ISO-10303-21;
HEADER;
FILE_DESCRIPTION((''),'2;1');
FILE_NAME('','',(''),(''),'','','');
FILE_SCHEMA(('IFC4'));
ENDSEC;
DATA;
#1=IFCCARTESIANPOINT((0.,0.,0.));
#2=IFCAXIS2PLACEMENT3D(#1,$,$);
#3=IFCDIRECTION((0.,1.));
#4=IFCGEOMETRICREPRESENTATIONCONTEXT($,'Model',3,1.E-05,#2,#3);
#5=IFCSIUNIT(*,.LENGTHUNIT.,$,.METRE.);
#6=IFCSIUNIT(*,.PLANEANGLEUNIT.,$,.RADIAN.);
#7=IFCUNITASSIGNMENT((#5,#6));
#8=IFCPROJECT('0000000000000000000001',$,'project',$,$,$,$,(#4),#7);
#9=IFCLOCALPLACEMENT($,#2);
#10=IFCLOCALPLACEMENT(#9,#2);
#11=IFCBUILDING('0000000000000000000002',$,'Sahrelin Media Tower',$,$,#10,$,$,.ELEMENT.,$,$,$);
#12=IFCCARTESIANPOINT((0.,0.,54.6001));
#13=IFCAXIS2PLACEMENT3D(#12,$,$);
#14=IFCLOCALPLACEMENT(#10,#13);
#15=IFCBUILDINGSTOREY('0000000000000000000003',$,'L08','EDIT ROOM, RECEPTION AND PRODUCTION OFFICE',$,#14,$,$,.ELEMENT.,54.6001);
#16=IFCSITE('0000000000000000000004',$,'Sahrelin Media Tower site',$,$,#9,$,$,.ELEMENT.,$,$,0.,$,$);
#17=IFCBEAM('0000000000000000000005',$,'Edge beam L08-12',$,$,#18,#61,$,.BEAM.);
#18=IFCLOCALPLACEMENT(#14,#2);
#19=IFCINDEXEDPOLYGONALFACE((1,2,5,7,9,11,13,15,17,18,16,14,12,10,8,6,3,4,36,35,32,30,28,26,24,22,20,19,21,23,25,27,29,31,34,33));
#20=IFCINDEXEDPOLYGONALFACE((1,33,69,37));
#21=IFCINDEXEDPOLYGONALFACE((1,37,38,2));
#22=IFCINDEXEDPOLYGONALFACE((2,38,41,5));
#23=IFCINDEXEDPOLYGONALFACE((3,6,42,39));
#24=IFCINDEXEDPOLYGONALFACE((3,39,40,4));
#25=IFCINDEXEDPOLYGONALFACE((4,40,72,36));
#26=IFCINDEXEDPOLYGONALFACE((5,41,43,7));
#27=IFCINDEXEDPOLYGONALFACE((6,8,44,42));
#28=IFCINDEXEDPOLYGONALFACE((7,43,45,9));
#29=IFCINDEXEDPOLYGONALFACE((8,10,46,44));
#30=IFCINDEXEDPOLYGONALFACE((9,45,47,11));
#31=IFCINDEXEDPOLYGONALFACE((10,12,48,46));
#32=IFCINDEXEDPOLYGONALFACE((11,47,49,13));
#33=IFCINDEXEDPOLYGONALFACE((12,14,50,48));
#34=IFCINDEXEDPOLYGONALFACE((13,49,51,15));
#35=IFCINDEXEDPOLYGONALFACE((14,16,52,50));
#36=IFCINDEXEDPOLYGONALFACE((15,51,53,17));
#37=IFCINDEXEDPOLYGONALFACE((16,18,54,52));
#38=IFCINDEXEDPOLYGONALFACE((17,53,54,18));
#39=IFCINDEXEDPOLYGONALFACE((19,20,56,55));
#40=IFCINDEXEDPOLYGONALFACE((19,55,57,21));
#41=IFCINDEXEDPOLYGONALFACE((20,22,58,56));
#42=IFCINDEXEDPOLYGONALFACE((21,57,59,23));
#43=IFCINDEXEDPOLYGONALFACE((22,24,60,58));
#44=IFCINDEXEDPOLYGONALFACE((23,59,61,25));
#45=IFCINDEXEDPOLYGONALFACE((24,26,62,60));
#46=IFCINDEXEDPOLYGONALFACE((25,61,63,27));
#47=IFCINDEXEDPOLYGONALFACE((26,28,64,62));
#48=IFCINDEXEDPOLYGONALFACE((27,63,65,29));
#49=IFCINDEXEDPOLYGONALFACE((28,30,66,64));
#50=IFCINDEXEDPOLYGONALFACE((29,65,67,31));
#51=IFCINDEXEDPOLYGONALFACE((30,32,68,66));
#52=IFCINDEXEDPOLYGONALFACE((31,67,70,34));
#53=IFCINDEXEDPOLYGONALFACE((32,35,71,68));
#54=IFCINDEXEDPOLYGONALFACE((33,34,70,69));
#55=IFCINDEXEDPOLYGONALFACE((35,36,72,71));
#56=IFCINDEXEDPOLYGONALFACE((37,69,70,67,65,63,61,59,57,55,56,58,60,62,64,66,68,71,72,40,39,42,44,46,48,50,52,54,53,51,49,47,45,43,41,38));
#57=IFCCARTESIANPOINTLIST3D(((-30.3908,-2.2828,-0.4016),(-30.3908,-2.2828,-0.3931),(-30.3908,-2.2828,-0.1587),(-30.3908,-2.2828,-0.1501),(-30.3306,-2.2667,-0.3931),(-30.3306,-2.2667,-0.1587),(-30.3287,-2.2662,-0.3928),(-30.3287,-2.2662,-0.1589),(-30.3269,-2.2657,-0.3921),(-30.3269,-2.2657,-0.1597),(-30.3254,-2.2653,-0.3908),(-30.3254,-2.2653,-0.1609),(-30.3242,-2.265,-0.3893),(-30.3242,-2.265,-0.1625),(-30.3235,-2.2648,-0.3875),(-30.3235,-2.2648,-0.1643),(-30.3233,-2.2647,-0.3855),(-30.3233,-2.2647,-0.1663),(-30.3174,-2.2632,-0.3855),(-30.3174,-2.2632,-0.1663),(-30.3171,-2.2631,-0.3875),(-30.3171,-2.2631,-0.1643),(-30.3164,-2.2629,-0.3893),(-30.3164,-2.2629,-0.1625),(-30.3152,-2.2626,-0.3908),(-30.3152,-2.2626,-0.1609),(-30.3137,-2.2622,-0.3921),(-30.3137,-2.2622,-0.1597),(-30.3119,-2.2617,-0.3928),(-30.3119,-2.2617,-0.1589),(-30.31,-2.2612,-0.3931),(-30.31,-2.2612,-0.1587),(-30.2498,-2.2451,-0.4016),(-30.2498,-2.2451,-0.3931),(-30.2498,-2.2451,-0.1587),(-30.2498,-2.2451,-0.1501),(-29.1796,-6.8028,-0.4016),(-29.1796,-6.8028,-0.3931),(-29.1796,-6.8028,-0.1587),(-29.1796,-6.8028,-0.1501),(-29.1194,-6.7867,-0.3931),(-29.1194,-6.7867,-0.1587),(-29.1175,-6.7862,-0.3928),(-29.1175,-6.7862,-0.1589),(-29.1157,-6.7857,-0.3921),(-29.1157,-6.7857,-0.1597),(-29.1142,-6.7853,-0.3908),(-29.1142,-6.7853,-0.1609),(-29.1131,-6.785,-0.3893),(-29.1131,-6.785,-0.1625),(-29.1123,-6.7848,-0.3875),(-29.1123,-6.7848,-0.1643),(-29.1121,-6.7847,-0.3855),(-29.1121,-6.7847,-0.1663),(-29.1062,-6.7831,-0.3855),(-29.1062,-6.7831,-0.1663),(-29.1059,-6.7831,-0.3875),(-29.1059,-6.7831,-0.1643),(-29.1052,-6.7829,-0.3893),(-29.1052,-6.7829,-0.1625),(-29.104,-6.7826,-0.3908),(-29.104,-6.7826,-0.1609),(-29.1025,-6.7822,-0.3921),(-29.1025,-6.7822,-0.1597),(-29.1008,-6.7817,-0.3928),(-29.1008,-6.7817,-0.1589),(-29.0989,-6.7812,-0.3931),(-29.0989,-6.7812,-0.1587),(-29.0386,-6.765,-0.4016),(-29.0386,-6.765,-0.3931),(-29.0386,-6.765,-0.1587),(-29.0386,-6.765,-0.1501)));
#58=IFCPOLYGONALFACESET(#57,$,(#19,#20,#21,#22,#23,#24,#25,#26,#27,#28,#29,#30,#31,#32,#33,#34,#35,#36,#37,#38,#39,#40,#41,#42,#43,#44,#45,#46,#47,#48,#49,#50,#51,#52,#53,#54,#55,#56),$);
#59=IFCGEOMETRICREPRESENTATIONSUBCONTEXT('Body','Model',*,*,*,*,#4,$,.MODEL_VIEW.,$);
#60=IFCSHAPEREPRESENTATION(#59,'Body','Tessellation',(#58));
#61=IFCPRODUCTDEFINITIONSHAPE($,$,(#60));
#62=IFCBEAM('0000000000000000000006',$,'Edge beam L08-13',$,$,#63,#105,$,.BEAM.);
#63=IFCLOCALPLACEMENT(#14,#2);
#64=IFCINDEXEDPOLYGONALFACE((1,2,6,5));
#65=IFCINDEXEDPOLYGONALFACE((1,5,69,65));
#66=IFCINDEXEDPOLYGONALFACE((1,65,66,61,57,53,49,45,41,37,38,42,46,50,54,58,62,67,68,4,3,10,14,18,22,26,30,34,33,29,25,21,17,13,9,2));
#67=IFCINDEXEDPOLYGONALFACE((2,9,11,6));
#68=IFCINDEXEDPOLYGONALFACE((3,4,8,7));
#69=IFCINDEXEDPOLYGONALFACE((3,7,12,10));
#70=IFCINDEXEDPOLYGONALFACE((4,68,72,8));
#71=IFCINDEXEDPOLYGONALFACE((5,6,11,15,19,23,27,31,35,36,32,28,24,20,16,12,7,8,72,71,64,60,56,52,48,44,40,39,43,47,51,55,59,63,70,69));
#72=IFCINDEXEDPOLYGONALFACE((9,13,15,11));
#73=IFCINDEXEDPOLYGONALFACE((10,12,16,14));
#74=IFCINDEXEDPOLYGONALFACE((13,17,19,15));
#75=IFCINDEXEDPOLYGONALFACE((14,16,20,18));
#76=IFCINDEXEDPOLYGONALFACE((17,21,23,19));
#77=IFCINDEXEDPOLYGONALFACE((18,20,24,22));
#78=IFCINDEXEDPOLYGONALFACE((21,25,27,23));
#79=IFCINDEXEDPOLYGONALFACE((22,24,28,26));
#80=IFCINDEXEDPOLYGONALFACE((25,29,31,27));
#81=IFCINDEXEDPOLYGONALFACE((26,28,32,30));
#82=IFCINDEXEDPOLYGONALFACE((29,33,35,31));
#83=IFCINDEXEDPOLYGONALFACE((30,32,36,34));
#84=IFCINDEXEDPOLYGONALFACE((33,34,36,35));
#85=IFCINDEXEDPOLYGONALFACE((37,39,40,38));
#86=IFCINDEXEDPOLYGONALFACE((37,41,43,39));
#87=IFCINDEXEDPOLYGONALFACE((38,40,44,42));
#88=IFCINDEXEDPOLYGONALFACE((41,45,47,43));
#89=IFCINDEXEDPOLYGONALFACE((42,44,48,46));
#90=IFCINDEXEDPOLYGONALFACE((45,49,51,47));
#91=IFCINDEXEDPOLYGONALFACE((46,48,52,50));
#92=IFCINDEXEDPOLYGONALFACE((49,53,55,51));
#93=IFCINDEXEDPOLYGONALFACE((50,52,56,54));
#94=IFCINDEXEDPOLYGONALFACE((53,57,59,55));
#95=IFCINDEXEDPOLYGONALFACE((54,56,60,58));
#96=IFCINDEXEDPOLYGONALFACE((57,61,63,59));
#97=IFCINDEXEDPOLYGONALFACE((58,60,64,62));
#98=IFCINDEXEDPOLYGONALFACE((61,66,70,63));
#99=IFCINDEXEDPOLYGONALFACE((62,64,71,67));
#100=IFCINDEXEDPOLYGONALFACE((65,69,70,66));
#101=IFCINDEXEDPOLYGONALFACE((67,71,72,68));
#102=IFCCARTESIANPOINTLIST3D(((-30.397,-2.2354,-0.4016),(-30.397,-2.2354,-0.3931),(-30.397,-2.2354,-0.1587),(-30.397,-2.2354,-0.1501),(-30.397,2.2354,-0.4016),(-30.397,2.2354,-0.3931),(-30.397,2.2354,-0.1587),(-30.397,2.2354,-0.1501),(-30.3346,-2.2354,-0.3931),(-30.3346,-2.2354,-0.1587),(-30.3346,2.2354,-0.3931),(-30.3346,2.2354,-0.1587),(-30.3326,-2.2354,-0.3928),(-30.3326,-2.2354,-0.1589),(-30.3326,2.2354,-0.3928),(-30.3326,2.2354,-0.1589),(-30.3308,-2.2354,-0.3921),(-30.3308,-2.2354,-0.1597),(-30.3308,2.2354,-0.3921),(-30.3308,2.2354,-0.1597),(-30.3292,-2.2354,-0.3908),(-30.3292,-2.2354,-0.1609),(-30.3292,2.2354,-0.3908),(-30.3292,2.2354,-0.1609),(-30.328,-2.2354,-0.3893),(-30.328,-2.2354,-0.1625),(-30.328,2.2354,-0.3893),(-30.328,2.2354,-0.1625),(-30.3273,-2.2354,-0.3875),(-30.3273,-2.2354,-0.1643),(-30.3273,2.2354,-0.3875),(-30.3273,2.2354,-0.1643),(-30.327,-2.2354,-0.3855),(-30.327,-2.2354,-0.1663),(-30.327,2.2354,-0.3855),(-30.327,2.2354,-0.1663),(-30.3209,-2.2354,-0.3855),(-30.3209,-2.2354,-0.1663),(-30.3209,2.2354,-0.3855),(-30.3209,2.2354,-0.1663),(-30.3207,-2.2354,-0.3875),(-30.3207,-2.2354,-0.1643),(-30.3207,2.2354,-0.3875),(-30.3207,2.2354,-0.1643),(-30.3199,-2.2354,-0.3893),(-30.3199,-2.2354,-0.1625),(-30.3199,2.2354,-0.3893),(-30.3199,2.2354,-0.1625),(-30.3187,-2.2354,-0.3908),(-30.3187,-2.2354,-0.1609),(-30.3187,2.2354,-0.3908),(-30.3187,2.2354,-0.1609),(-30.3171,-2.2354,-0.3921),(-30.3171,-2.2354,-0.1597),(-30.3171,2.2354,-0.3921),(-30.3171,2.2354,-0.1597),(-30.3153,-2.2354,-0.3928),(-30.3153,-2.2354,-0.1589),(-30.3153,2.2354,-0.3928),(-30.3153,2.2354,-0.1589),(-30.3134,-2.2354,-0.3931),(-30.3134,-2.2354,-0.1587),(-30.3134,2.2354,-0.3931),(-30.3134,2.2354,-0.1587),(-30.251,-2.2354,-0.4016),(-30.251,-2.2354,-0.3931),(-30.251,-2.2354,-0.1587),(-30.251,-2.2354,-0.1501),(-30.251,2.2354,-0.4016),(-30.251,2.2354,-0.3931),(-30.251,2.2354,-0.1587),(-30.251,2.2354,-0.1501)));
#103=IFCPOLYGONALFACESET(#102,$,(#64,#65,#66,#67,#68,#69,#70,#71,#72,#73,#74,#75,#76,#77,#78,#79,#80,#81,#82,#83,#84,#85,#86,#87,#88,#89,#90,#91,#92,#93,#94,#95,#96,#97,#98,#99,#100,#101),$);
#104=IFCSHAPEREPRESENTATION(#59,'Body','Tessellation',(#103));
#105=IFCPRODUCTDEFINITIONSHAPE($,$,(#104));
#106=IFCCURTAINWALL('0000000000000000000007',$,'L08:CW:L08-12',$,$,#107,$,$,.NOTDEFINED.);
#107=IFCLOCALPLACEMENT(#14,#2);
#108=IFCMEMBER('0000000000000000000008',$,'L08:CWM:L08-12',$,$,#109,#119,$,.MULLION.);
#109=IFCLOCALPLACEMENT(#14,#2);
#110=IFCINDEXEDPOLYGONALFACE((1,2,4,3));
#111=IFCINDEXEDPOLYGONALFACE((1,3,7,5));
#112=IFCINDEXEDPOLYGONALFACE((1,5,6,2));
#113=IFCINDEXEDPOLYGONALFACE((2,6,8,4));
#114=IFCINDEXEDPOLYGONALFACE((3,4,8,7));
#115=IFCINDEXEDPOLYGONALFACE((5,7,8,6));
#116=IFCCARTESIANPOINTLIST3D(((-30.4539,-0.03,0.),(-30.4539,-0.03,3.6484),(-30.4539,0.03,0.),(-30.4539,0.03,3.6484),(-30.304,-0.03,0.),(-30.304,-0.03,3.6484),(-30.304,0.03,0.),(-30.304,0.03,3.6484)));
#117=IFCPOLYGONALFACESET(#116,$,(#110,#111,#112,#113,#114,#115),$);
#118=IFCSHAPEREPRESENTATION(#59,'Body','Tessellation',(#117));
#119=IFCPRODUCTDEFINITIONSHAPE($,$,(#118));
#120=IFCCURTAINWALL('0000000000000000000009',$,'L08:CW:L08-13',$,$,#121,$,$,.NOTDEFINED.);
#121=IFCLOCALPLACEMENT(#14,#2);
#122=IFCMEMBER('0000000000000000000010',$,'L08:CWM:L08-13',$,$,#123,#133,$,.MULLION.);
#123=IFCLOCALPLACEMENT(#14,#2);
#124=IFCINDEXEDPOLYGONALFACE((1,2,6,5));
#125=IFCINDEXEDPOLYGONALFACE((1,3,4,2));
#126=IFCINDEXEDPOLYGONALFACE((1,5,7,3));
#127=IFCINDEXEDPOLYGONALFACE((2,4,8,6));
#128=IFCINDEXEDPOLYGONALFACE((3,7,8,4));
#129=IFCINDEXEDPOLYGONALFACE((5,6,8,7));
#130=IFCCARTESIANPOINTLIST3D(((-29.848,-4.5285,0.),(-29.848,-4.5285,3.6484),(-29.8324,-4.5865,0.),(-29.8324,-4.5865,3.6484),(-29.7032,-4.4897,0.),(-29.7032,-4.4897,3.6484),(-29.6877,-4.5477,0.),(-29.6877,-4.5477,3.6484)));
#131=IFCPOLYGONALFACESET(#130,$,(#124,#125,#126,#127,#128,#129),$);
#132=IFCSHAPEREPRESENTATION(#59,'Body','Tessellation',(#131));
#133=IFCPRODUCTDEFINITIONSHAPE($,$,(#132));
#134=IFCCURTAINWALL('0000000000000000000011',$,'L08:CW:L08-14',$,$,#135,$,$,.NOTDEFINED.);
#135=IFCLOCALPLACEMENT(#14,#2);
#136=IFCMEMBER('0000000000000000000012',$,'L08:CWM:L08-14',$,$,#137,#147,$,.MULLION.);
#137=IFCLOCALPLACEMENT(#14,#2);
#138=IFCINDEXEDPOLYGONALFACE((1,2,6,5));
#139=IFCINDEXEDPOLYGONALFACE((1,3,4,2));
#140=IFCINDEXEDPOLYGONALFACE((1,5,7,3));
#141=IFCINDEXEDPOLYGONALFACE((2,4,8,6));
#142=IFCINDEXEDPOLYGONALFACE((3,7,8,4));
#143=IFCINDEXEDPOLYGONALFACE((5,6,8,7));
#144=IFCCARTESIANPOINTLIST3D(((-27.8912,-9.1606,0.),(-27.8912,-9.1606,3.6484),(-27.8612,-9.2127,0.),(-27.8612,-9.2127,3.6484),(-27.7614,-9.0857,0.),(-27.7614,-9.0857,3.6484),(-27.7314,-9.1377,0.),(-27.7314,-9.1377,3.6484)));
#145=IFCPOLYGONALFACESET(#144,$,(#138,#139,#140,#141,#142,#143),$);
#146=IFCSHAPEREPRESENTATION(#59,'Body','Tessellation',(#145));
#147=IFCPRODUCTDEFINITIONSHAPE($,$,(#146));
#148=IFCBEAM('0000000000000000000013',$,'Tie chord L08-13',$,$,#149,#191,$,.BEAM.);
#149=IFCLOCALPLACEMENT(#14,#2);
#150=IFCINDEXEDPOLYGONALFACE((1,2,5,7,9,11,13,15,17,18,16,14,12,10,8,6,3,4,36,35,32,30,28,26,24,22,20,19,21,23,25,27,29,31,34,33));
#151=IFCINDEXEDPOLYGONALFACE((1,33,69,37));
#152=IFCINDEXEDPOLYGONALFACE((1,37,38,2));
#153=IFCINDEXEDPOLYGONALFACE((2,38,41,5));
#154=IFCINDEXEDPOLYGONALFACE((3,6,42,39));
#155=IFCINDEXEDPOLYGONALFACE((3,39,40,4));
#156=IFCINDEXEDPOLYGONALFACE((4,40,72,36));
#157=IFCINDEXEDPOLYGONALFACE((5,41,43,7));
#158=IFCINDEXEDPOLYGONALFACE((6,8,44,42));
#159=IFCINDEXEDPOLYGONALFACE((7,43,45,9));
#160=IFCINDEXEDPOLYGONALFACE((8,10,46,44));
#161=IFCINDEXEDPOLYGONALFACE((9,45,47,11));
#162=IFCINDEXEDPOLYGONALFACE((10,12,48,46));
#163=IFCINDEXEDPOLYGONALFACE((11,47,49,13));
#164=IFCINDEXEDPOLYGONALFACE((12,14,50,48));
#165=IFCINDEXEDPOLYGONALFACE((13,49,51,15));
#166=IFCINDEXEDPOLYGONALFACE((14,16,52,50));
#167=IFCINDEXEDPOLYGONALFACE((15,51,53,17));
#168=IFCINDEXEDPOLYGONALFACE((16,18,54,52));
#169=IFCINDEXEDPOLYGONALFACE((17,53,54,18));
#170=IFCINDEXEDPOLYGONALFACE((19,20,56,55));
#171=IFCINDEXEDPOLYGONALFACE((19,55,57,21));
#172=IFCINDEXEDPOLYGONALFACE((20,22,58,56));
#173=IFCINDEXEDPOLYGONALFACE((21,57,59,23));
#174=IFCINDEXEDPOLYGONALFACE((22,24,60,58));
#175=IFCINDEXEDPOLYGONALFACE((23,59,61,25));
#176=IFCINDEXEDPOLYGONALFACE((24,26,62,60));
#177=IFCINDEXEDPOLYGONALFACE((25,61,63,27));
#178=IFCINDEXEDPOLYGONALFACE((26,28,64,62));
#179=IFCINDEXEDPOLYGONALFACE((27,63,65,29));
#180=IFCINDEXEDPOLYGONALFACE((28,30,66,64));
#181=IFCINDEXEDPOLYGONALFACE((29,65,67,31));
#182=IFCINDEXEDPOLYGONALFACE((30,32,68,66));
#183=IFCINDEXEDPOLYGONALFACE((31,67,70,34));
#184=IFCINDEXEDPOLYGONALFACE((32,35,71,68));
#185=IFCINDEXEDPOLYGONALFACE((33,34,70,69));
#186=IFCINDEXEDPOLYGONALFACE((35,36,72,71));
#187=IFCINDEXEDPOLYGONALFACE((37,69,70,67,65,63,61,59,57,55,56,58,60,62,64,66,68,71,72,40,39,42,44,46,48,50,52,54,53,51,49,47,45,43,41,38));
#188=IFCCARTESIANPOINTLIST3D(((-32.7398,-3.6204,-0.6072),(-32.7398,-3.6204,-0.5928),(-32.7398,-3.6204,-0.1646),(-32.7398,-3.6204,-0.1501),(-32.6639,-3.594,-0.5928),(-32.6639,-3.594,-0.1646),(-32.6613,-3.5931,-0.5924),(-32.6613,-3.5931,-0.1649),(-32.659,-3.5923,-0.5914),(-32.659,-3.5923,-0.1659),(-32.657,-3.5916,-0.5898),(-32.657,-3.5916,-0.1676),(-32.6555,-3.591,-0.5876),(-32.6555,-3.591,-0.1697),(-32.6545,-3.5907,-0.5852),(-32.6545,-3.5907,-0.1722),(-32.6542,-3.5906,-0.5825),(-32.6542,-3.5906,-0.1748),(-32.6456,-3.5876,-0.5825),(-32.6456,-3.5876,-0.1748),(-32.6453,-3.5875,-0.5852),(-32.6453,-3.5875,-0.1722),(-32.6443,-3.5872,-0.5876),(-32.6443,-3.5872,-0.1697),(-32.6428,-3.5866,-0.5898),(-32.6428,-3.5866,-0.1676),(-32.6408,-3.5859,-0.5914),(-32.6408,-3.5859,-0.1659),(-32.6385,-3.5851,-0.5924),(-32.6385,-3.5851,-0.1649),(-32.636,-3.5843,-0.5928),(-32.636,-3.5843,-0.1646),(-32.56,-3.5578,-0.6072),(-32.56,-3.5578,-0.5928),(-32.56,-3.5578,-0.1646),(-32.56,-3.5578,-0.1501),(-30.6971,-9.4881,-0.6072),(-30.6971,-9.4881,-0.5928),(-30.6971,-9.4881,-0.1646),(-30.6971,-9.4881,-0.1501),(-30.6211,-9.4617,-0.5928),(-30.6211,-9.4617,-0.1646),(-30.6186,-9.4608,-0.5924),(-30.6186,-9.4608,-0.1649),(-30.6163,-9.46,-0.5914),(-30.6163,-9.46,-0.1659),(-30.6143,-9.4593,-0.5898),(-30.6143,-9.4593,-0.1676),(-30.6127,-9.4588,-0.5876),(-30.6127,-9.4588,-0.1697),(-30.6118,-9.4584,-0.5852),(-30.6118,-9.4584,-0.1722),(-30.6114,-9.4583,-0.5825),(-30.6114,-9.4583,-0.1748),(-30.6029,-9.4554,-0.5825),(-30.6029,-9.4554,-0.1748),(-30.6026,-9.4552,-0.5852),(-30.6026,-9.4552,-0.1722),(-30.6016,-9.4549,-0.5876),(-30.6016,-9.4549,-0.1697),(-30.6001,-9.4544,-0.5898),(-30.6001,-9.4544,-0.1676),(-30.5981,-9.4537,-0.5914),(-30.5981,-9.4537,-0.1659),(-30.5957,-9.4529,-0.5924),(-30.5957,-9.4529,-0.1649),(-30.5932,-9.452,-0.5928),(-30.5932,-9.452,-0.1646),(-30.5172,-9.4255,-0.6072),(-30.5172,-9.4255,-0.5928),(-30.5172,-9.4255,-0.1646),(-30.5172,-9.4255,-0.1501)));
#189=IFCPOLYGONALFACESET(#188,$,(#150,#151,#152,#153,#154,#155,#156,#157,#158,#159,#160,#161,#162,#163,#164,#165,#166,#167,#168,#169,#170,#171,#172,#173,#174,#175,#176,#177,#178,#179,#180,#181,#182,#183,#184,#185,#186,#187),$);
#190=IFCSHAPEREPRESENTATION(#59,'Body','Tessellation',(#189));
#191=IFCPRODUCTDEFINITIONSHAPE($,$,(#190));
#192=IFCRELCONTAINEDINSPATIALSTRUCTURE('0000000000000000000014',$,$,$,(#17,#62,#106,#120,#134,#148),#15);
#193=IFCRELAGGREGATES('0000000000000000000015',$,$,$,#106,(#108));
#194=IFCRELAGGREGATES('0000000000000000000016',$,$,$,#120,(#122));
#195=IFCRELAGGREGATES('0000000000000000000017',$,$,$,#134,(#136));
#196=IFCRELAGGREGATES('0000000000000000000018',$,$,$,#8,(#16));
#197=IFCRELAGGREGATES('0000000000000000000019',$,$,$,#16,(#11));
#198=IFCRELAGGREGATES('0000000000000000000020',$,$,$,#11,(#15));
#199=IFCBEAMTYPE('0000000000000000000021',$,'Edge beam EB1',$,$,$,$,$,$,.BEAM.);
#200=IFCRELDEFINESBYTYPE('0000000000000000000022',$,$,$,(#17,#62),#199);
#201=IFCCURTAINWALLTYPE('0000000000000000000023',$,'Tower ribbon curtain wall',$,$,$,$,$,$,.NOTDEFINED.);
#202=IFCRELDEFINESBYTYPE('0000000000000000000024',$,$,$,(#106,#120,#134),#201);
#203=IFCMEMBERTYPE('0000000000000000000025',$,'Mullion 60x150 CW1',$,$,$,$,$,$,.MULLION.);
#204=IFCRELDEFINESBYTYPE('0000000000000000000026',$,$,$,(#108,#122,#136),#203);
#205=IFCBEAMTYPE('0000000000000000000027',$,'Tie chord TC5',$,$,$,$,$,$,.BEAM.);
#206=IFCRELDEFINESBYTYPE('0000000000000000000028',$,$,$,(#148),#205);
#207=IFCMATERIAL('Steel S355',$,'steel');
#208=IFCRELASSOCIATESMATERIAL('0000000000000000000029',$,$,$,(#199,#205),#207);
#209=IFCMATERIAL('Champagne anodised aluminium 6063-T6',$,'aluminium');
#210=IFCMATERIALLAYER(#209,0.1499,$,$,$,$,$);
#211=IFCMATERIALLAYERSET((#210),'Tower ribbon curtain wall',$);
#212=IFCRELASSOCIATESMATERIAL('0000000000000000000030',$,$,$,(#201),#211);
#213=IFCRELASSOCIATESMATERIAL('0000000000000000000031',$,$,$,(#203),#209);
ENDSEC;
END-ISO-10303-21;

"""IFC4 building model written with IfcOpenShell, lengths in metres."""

from ifc_helpers import new_model, si_unit, direction, frame, origin, origin_2d, place, context, subcontext, project, spatial, rectangle, i_section, extrude, material, layer, layer_set, material_profile, profile_set, type_object, element, aggregate, save


model = new_model("IFC4")

# Units and contexts
model_context = context("Model", 3, precision=1e-05, world=origin(), true_north=direction((0.0, 1.0)))
body_context = subcontext(model_context, "Body", "Model", "MODEL_VIEW")
ifc_project = project(units=[si_unit("LENGTHUNIT", "METRE"), si_unit("PLANEANGLEUNIT", "RADIAN")], contexts=[model_context])

# Site, building, storey
site_placement = place(None, origin())
site = spatial("IfcSite", under=ifc_project, at=site_placement, Name="Sahrelin Media Tower site", CompositionType="ELEMENT", RefElevation=0.0)
building_placement = place(site_placement, origin())
building = spatial("IfcBuilding", under=site, at=building_placement, Name="Sahrelin Media Tower", CompositionType="ELEMENT")
storey_placement = place(building_placement, frame((0.0, 0.0, 54.6001)))
storey = spatial("IfcBuildingStorey", under=building, at=storey_placement, Name="L08", Description="EDIT ROOM, RECEPTION AND PRODUCTION OFFICE", CompositionType="ELEMENT", Elevation=54.6001)

# Beams
ifc_material_1 = material(Name="Steel S355", Category="steel")
ifc_material_profile_1 = material_profile(ifc_material_1, i_section(OverallWidth=0.146, OverallDepth=0.2515, WebThickness=0.0061, FlangeThickness=0.0085, FilletRadius=0.0076, at=origin_2d()), Name="UB 254x146x31")
ifc_profile_set_1 = profile_set([ifc_material_profile_1], Name="Steel S355")
beam_type_1 = type_object("IfcBeamType", Name="Edge beam EB1", PredefinedType="BEAM", material=ifc_profile_set_1)
beam_1_placement = place(storey_placement, frame((-29.1091, -6.7839, -0.2759), z_axis=(-0.258828, 0.965923, 0.0), x_axis=(-0.965923, -0.258828, 0.0)))
element("IfcBeam", 1, at=beam_1_placement, inside=storey, type_object=beam_type_1, Name="Edge beam L08-12", PredefinedType="BEAM", context=body_context, shape_type="SweptSolid", body=[
    extrude(i_section(OverallWidth=0.146, OverallDepth=0.2515, WebThickness=0.0061, FlangeThickness=0.0085, FilletRadius=0.0076, at=origin_2d()), origin(), (0.0, 0.0, 1.0), 4.6794),
])
beam_2_placement = place(storey_placement, frame((-30.324, -2.2354, -0.2759), z_axis=(0.0, 1.0, 0.0), x_axis=(-1.0, 0.0, 0.0)))
element("IfcBeam", 2, at=beam_2_placement, inside=storey, type_object=beam_type_1, Name="Edge beam L08-13", PredefinedType="BEAM", context=body_context, shape_type="SweptSolid", body=[
    extrude(i_section(OverallWidth=0.146, OverallDepth=0.2515, WebThickness=0.0061, FlangeThickness=0.0085, FilletRadius=0.0076, at=origin_2d()), origin(), (0.0, 0.0, 1.0), 4.4707),
])

# Curtain walls, members
ifc_material_2 = material(Name="Champagne anodised aluminium 6063-T6", Category="aluminium")
ifc_layer_1 = layer(ifc_material_2, 0.1499)
ifc_layer_set_1 = layer_set([ifc_layer_1], Name="Tower ribbon curtain wall")
curtain_wall_type = type_object("IfcCurtainWallType", Name="Tower ribbon curtain wall", PredefinedType="NOTDEFINED", material=ifc_layer_set_1)
curtain_wall_1_placement = place(storey_placement, frame((-30.4741, 0.0, 0.0), z_axis=(0.0, 0.0, 1.0), x_axis=(1.0, 0.0, 0.0)))
curtain_wall_1 = element("IfcCurtainWall", 3, at=curtain_wall_1_placement, inside=storey, type_object=curtain_wall_type, Name="L08:CW:L08-12", PredefinedType="NOTDEFINED")
ifc_material_profile_2 = material_profile(ifc_material_2, rectangle(XDim=0.0601, YDim=0.1499, at=origin_2d()), Name="Mullion 60x150")
ifc_profile_set_2 = profile_set([ifc_material_profile_2], Name="Champagne anodised aluminium 6063-T6")
member_type_1 = type_object("IfcMemberType", Name="Mullion 60x150 CW1", PredefinedType="MULLION", material=ifc_profile_set_2)
member_1_placement = place(storey_placement, frame((-30.3789, 0.0, 0.0), z_axis=(0.0, 0.0, 1.0), x_axis=(0.0, -1.0, 0.0)))
member_1 = element("IfcMember", 4, at=member_1_placement, type_object=member_type_1, Name="L08:CWM:L08-12", PredefinedType="MULLION", context=body_context, shape_type="SweptSolid", body=[
    extrude(rectangle(XDim=0.0601, YDim=0.1499, at=origin_2d()), origin(), (0.0, 0.0, 1.0), 3.6484),
])
aggregate(curtain_wall_1, [member_1])
curtain_wall_2_placement = place(storey_placement, frame((-29.8596, -4.5627, 0.0), z_axis=(0.0, 0.0, 1.0), x_axis=(1.0, 0.0, 0.0)))
curtain_wall_2 = element("IfcCurtainWall", 5, at=curtain_wall_2_placement, inside=storey, type_object=curtain_wall_type, Name="L08:CW:L08-13", PredefinedType="NOTDEFINED")
member_2_placement = place(storey_placement, frame((-29.7678, -4.5381, 0.0), z_axis=(0.0, 0.0, 1.0), x_axis=(0.258826, -0.965924, 0.0)))
member_2 = element("IfcMember", 6, at=member_2_placement, type_object=member_type_1, Name="L08:CWM:L08-13", PredefinedType="MULLION", context=body_context, shape_type="SweptSolid", body=[
    extrude(rectangle(XDim=0.0601, YDim=0.1499, at=origin_2d()), origin(), (0.0, 0.0, 1.0), 3.6484),
])
curtain_wall_3_placement = place(storey_placement, frame((-27.8938, -9.1965, 0.0), z_axis=(0.0, 0.0, 1.0), x_axis=(1.0, 0.0, 0.0)))
curtain_wall_3 = element("IfcCurtainWall", 7, at=curtain_wall_3_placement, inside=storey, type_object=curtain_wall_type, Name="L08:CW:L08-14", PredefinedType="NOTDEFINED")
member_3_placement = place(storey_placement, frame((-27.8113, -9.1492, 0.0), z_axis=(0.0, 0.0, 1.0), x_axis=(0.499991, -0.866031, 0.0)))
member_3 = element("IfcMember", 8, at=member_3_placement, type_object=member_type_1, Name="L08:CWM:L08-14", PredefinedType="MULLION", context=body_context, shape_type="SweptSolid", body=[
    extrude(rectangle(XDim=0.0601, YDim=0.1499, at=origin_2d()), origin(), (0.0, 0.0, 1.0), 3.6484),
])

# Beam
ifc_material_profile_3 = material_profile(ifc_material_1, i_section(OverallWidth=0.1904, OverallDepth=0.457, WebThickness=0.009, FlangeThickness=0.0144, FilletRadius=0.0103, at=origin_2d()), Name="UB 457x191x74")
ifc_profile_set_3 = profile_set([ifc_material_profile_3], Name="Steel S355")
beam_type_2 = type_object("IfcBeamType", Name="Tie chord TC5", PredefinedType="BEAM", material=ifc_profile_set_3)
beam_3_placement = place(storey_placement, frame((-32.6499, -3.5891, -0.3787), z_axis=(0.328778, -0.944407, 0.0), x_axis=(0.944407, 0.328778, 0.0)))
element("IfcBeam", 9, at=beam_3_placement, inside=storey, type_object=beam_type_2, Name="Tie chord L08-13", PredefinedType="BEAM", context=body_context, shape_type="SweptSolid", body=[
    extrude(i_section(OverallWidth=0.1904, OverallDepth=0.457, WebThickness=0.009, FlangeThickness=0.0144, FilletRadius=0.0103, at=origin_2d()), origin(), (0.0, 0.0, 1.0), 6.2131),
])

aggregate(curtain_wall_2, [member_2])
aggregate(curtain_wall_3, [member_3])

save(model, "model.ifc")
